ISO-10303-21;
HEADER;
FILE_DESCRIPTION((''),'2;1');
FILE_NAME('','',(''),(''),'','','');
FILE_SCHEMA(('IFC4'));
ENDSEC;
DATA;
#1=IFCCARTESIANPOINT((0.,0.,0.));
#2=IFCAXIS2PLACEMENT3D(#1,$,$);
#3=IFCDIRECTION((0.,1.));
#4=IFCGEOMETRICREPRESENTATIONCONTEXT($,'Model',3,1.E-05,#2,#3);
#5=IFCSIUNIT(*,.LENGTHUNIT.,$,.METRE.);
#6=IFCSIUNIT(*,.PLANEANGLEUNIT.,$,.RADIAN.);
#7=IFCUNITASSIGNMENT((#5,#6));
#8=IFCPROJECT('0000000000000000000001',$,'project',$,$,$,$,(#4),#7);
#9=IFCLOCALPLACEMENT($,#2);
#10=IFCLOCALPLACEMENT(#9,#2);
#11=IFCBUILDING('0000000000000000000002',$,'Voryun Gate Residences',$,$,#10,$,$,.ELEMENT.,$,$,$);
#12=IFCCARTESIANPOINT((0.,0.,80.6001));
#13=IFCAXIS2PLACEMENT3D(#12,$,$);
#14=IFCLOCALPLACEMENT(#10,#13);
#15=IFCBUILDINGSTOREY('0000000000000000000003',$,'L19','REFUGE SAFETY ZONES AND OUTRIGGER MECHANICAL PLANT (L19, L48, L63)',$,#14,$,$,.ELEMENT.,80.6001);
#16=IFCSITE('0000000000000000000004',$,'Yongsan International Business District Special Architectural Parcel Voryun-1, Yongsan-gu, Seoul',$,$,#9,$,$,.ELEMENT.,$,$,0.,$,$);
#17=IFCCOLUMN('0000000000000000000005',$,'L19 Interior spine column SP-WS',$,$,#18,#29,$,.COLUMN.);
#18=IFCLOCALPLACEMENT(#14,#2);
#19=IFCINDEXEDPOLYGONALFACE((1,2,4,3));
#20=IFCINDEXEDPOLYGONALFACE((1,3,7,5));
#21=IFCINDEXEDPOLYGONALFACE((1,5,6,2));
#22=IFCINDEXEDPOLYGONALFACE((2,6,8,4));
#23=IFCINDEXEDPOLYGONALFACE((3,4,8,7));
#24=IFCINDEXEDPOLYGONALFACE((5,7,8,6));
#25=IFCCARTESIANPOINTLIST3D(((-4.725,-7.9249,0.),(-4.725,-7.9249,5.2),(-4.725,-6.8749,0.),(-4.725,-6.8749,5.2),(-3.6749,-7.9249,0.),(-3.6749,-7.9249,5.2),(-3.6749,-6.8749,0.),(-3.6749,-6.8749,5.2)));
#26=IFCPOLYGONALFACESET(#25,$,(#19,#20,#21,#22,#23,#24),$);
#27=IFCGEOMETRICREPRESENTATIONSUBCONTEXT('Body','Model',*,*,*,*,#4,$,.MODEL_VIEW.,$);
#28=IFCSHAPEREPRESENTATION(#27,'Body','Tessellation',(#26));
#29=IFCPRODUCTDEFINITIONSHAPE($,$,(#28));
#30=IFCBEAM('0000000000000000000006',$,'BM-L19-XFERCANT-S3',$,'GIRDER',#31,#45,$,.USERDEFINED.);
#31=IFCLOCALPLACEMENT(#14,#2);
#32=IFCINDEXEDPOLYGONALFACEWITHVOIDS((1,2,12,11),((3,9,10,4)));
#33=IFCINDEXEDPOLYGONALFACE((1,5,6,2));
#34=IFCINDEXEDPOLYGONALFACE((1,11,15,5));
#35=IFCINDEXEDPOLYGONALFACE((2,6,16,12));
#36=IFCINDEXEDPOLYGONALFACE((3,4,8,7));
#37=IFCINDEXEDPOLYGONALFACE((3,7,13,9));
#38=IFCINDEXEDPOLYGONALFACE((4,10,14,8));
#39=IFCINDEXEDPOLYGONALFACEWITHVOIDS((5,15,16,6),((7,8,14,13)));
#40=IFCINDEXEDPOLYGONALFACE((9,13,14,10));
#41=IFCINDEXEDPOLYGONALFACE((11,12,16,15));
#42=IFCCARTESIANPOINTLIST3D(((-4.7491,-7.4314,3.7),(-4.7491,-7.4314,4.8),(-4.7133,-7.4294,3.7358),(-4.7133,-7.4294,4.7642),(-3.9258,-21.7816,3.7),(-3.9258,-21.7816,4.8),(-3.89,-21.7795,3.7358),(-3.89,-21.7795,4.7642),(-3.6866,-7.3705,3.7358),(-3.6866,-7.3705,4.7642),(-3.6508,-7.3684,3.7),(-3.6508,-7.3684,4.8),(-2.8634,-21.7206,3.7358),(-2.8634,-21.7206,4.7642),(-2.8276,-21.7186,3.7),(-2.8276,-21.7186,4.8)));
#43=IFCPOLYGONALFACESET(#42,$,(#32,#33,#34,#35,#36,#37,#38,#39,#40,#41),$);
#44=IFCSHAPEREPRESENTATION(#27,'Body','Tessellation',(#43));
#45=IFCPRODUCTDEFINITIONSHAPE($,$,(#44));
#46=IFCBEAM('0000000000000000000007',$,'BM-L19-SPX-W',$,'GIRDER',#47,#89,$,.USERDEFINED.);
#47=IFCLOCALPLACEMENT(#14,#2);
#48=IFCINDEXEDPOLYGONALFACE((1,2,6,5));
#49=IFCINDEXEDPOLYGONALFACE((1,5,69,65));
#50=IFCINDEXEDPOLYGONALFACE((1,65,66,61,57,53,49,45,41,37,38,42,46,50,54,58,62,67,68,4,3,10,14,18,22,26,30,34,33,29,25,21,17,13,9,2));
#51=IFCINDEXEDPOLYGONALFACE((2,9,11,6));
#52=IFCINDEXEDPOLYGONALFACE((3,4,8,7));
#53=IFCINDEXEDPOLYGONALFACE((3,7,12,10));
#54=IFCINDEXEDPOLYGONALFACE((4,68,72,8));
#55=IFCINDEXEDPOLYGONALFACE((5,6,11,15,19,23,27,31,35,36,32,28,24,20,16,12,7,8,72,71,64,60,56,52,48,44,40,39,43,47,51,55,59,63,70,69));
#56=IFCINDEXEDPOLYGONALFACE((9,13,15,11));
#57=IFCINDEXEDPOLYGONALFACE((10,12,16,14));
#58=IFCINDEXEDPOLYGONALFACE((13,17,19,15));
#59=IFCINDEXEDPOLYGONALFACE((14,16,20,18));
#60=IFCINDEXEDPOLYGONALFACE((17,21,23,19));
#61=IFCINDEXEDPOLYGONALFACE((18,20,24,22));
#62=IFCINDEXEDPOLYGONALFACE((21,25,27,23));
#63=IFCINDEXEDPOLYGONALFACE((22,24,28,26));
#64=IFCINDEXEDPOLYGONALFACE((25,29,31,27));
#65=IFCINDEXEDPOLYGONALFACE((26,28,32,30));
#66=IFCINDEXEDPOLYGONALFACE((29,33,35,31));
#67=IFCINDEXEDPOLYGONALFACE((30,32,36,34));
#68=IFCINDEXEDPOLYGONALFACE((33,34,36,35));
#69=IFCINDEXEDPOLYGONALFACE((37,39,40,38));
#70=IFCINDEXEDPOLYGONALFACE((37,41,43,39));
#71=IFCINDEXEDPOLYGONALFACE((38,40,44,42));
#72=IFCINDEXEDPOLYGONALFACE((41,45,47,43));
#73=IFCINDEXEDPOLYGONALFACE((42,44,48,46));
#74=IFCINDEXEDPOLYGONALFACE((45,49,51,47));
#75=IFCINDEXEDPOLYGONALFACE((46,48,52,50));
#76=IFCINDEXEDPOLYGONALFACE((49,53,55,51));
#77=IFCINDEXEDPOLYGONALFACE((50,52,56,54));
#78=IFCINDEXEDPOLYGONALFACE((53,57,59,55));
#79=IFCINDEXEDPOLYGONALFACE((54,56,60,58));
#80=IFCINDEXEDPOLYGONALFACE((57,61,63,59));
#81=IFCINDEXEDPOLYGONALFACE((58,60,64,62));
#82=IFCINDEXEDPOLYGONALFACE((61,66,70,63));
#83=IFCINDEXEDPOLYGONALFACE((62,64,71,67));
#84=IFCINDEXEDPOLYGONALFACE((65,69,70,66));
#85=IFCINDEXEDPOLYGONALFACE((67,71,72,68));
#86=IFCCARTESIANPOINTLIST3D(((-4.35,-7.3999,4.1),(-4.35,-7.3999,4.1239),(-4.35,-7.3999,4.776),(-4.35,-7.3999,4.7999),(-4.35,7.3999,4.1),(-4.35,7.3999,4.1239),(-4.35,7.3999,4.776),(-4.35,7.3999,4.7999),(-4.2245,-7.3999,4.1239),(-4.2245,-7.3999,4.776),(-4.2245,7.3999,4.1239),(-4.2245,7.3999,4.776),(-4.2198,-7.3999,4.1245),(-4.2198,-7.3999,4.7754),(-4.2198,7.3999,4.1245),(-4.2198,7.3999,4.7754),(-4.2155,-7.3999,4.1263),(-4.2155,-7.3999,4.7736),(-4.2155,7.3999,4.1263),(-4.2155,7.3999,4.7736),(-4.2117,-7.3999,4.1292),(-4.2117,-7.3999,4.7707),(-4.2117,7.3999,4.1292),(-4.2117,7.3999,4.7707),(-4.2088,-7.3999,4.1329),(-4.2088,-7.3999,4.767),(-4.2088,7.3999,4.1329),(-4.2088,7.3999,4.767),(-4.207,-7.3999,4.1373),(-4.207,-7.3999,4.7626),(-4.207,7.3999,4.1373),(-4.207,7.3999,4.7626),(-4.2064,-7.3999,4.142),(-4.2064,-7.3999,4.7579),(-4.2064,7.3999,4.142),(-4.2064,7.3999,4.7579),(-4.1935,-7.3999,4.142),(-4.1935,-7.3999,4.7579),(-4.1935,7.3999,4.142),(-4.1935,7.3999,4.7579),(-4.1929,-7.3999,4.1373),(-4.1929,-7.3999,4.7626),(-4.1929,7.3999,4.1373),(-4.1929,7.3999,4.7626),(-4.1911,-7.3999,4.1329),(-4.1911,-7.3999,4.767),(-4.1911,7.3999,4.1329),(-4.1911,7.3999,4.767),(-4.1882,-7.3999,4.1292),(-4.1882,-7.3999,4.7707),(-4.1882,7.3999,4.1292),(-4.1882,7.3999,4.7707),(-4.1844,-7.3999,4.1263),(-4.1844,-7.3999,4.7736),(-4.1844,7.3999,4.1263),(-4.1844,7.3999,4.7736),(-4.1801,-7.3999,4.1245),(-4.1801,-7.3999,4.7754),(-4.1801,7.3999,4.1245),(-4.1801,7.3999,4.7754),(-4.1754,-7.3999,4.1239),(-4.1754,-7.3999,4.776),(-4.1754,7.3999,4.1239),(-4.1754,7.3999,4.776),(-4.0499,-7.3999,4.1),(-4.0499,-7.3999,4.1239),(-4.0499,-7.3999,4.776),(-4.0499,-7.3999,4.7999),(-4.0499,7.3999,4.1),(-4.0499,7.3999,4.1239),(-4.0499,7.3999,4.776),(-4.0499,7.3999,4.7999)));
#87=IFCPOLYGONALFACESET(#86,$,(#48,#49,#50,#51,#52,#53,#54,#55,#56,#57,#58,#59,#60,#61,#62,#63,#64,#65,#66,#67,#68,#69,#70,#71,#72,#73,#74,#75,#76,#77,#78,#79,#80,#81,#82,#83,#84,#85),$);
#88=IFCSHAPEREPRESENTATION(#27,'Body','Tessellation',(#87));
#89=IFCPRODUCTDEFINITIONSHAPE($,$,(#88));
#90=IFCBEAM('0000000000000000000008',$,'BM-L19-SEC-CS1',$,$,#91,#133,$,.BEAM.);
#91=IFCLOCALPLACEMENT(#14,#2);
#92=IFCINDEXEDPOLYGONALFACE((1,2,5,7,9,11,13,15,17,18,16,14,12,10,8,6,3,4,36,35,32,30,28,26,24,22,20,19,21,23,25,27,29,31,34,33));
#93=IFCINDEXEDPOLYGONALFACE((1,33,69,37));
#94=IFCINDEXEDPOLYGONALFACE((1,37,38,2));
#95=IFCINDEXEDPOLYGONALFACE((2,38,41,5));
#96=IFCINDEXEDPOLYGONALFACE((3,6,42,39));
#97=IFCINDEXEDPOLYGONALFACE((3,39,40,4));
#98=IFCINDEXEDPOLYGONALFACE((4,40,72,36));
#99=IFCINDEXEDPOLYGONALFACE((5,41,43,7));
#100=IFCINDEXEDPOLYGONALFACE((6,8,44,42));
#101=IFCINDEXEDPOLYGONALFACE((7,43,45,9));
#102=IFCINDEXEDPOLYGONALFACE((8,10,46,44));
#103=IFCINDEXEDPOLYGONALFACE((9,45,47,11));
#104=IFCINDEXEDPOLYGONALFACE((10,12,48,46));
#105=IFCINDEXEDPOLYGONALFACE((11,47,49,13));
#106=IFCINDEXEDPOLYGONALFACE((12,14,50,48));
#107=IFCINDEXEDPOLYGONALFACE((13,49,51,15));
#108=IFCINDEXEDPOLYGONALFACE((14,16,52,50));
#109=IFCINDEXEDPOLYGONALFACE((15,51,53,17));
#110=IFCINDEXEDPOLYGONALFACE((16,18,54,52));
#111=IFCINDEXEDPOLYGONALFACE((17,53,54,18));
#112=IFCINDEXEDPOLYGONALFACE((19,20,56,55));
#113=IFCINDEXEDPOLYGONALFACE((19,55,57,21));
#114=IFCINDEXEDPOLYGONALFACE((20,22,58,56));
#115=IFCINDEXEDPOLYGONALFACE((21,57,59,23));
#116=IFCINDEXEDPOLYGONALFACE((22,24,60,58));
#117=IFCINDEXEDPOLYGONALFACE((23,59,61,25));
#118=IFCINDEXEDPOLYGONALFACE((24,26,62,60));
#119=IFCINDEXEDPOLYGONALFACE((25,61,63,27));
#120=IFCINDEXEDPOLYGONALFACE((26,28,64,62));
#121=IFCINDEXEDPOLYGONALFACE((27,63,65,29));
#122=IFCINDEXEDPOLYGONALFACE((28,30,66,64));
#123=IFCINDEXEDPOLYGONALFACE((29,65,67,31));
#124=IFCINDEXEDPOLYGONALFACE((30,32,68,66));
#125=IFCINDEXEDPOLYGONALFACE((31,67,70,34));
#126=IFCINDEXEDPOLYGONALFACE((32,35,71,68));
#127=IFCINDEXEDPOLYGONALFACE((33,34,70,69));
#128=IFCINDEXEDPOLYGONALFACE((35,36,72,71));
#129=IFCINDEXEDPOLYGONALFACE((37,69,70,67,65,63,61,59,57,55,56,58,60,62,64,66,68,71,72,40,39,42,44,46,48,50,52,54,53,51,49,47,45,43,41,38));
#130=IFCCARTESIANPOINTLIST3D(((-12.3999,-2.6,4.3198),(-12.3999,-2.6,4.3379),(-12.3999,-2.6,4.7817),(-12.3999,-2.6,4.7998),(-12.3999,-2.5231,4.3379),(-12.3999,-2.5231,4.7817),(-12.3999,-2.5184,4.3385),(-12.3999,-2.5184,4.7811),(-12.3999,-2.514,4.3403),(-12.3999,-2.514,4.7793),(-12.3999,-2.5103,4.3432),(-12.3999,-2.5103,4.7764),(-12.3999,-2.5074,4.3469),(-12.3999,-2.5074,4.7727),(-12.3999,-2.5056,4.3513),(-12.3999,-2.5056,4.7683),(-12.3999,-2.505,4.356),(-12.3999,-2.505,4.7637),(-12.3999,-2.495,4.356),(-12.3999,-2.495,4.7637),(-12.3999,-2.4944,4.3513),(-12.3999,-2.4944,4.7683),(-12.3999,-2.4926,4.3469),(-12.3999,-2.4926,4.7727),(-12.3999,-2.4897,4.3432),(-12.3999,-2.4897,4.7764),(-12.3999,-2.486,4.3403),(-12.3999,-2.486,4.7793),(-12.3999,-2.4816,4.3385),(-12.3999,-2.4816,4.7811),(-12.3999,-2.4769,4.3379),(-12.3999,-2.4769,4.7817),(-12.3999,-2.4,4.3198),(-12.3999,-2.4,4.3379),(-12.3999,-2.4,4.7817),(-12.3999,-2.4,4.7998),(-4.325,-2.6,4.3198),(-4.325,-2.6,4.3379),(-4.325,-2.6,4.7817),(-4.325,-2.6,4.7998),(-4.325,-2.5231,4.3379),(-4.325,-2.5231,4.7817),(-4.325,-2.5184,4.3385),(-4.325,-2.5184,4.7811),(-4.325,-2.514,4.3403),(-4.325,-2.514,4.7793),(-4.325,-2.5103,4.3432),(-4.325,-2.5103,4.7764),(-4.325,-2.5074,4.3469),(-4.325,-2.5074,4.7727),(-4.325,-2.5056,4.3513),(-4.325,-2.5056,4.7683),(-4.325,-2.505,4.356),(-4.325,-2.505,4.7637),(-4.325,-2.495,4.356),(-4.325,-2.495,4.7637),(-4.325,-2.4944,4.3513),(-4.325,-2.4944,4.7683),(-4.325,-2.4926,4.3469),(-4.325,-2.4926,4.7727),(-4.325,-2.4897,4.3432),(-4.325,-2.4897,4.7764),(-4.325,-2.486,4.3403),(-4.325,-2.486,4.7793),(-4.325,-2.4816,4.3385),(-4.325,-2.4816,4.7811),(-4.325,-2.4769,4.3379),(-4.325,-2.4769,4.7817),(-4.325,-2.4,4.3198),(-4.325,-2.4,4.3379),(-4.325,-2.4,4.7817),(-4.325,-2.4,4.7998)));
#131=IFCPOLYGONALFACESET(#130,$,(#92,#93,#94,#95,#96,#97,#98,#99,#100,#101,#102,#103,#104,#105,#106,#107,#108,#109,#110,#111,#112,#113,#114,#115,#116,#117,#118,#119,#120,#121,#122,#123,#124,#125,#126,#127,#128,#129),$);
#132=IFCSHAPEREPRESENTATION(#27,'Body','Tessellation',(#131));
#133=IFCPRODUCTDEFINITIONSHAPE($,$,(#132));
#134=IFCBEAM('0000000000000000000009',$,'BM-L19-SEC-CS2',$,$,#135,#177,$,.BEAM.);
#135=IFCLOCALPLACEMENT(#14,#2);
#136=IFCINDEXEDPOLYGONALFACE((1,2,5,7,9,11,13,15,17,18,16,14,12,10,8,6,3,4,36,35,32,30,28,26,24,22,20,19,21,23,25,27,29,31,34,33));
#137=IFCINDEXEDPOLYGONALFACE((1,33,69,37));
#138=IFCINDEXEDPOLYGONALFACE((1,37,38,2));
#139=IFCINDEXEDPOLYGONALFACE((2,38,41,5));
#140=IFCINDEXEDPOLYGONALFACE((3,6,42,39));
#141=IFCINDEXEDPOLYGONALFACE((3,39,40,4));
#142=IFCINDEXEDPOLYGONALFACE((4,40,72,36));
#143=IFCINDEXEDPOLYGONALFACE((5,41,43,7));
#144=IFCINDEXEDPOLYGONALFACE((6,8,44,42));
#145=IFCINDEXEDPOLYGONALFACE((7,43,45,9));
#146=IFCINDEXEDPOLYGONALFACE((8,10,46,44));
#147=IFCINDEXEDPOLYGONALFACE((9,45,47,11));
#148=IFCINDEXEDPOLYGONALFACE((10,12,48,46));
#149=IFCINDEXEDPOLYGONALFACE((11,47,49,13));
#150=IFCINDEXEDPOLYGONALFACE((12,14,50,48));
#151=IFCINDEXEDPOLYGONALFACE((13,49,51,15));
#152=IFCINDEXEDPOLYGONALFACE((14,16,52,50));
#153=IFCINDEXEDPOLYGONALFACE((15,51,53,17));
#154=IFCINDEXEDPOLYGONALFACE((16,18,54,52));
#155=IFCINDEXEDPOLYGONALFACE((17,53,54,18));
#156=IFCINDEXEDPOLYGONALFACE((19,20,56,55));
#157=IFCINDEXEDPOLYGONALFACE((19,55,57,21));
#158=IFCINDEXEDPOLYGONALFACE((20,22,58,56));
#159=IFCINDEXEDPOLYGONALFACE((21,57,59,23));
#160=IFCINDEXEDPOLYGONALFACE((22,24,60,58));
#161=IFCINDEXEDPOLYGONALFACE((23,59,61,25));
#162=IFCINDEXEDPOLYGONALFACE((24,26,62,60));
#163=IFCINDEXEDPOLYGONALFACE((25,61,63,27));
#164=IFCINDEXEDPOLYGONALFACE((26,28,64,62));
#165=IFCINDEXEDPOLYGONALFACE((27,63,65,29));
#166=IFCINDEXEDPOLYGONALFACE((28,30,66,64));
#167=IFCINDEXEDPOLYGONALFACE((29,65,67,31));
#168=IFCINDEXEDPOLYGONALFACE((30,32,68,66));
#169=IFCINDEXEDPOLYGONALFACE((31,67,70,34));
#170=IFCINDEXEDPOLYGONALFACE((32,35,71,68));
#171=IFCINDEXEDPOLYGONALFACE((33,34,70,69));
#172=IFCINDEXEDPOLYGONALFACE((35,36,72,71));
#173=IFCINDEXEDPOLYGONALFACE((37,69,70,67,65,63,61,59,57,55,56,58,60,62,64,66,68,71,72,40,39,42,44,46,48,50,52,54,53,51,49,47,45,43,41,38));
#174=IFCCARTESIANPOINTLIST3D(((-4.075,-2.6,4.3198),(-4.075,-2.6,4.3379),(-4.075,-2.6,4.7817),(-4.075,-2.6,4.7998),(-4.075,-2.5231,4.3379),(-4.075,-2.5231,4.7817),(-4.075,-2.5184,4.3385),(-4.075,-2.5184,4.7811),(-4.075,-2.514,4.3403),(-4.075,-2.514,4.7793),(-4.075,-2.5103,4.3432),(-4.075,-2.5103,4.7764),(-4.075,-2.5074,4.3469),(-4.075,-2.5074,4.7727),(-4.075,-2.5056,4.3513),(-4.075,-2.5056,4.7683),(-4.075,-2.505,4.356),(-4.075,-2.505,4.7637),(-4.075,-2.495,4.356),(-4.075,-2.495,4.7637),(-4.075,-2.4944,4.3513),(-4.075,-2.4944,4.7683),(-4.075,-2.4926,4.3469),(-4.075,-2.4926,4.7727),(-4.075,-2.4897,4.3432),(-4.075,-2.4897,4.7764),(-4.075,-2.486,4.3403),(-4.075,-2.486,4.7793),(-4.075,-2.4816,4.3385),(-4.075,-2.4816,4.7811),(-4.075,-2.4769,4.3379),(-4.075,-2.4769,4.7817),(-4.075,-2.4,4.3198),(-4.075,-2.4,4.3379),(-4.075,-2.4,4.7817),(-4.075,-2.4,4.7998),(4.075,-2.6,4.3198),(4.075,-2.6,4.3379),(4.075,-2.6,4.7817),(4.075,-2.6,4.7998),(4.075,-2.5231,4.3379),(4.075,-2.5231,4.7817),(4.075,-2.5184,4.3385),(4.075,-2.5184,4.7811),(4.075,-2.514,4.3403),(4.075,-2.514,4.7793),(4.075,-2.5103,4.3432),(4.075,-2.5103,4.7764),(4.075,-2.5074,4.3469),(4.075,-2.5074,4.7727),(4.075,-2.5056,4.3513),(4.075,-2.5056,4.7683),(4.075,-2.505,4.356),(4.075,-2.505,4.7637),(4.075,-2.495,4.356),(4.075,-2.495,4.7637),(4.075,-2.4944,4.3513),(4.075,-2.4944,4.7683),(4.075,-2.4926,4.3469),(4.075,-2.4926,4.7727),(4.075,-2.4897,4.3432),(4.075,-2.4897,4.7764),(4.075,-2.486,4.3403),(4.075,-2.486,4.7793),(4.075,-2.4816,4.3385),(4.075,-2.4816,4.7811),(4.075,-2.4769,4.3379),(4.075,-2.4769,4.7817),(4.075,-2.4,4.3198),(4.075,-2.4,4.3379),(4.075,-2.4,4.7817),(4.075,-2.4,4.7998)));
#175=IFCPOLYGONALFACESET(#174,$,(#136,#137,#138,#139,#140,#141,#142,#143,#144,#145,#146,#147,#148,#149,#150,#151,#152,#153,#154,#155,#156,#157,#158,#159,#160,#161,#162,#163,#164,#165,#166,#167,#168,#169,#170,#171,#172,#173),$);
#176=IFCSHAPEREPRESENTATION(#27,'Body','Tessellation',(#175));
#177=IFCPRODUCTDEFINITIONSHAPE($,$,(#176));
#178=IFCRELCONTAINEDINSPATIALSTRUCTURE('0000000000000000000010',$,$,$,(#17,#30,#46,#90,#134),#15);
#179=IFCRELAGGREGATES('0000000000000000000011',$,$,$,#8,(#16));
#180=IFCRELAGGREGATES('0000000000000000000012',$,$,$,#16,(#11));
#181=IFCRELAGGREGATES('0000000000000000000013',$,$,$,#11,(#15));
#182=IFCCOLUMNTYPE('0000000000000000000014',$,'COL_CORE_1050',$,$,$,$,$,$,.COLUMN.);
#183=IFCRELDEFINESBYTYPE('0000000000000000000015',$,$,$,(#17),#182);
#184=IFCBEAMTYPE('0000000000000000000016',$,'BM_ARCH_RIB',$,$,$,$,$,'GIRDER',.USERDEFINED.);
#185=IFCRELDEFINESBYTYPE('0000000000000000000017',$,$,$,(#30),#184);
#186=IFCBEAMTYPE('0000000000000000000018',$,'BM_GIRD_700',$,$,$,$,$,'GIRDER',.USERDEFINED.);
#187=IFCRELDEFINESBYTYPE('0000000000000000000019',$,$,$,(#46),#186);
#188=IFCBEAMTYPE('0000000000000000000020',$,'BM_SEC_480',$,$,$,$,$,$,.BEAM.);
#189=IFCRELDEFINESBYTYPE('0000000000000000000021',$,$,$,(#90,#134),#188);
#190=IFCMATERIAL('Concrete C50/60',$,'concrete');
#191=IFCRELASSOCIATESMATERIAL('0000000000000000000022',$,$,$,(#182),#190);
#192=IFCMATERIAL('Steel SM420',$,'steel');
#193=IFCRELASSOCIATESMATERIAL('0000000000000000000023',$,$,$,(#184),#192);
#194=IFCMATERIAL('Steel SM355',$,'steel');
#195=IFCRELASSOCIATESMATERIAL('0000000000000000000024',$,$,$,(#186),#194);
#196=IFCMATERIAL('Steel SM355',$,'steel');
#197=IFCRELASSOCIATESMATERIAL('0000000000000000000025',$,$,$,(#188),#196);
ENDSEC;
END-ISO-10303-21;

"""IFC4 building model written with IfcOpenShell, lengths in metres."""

from ifc_helpers import new_model, si_unit, direction, frame, origin, origin_2d, place, context, subcontext, project, spatial, rectangle, hollow_rectangle, i_section, extrude, material, material_profile, profile_set, type_object, element, save


model = new_model("IFC4")

# Units and contexts
model_context = context("Model", 3, precision=1e-05, world=origin(), true_north=direction((0.0, 1.0)))
body_context = subcontext(model_context, "Body", "Model", "MODEL_VIEW")
ifc_project = project(units=[si_unit("LENGTHUNIT", "METRE"), si_unit("PLANEANGLEUNIT", "RADIAN")], contexts=[model_context])

# Site, building, storey
site_placement = place(None, origin())
site = spatial("IfcSite", under=ifc_project, at=site_placement, Name="Yongsan International Business District Special Architectural Parcel Voryun-1, Yongsan-gu, Seoul", CompositionType="ELEMENT", RefElevation=0.0)
building_placement = place(site_placement, origin())
building = spatial("IfcBuilding", under=site, at=building_placement, Name="Voryun Gate Residences", CompositionType="ELEMENT")
storey_placement = place(building_placement, frame((0.0, 0.0, 80.6001)))
storey = spatial("IfcBuildingStorey", under=building, at=storey_placement, Name="L19", Description="REFUGE SAFETY ZONES AND OUTRIGGER MECHANICAL PLANT (L19, L48, L63)", CompositionType="ELEMENT", Elevation=80.6001)

# Column
ifc_material_1 = material(Name="Concrete C50/60", Category="concrete")
ifc_material_profile_1 = material_profile(ifc_material_1, rectangle(XDim=1.05, YDim=1.05, at=origin_2d()), Name="RC-1050x1050")
ifc_profile_set_1 = profile_set([ifc_material_profile_1], Name="Concrete C50/60")
column_type = type_object("IfcColumnType", Name="COL_CORE_1050", PredefinedType="COLUMN", material=ifc_profile_set_1)
column_placement = place(storey_placement, frame((-4.2, -7.3999, 0.0), z_axis=(0.0, 0.0, 1.0), x_axis=(1.0, 0.0, 0.0)))
element("IfcColumn", 1, at=column_placement, inside=storey, type_object=column_type, Name="L19 Interior spine column SP-WS", PredefinedType="COLUMN", context=body_context, shape_type="SweptSolid", body=[
    extrude(rectangle(XDim=1.05, YDim=1.05, at=origin_2d()), origin(), (0.0, 0.0, 1.0), 5.2),
])

# Beams
ifc_material_2 = material(Name="Steel SM420", Category="steel")
ifc_material_profile_2 = material_profile(ifc_material_2, hollow_rectangle(XDim=1.1001, YDim=1.1001, WallThickness=0.0359, at=origin_2d()), Name="BOX-1100x1100x36")
ifc_profile_set_2 = profile_set([ifc_material_profile_2], Name="Steel SM420")
beam_type_1 = type_object("IfcBeamType", Name="BM_ARCH_RIB", ElementType="GIRDER", PredefinedType="USERDEFINED", material=ifc_profile_set_2)
beam_1_placement = place(storey_placement, frame((-4.2, -7.3999, 4.25), z_axis=(0.057274, -0.998358, 0.0), x_axis=(0.998358, 0.057274, 0.0)))
element("IfcBeam", 2, at=beam_1_placement, inside=storey, type_object=beam_type_1, Name="BM-L19-XFERCANT-S3", ObjectType="GIRDER", PredefinedType="USERDEFINED", context=body_context, shape_type="SweptSolid", body=[
    extrude(hollow_rectangle(XDim=1.1001, YDim=1.1001, WallThickness=0.0359, at=origin_2d()), origin(), (0.0, 0.0, 1.0), 14.3738),
])
ifc_material_3 = material(Name="Steel SM355", Category="steel")
ifc_material_profile_3 = material_profile(ifc_material_3, i_section(OverallWidth=0.3, OverallDepth=0.7, WebThickness=0.0129, FlangeThickness=0.0239, FilletRadius=0.0181, at=origin_2d()), Name="H-700x300x13x24")
ifc_profile_set_3 = profile_set([ifc_material_profile_3], Name="Steel SM355")
beam_type_2 = type_object("IfcBeamType", Name="BM_GIRD_700", ElementType="GIRDER", PredefinedType="USERDEFINED", material=ifc_profile_set_3)
beam_2_placement = place(storey_placement, frame((-4.2, -7.3999, 4.45), z_axis=(0.0, 1.0, 0.0), x_axis=(-1.0, 0.0, 0.0)))
element("IfcBeam", 3, at=beam_2_placement, inside=storey, type_object=beam_type_2, Name="BM-L19-SPX-W", ObjectType="GIRDER", PredefinedType="USERDEFINED", context=body_context, shape_type="SweptSolid", body=[
    extrude(i_section(OverallWidth=0.3, OverallDepth=0.7, WebThickness=0.0129, FlangeThickness=0.0239, FilletRadius=0.0181, at=origin_2d()), origin(), (0.0, 0.0, 1.0), 14.7998),
])
ifc_material_4 = material(Name="Steel SM355", Category="steel")
ifc_material_profile_4 = material_profile(ifc_material_4, i_section(OverallWidth=0.2, OverallDepth=0.48, WebThickness=0.01, FlangeThickness=0.0181, FilletRadius=0.0181, at=origin_2d()), Name="H-480x200x10x18")
ifc_profile_set_4 = profile_set([ifc_material_profile_4], Name="Steel SM355")
beam_type_3 = type_object("IfcBeamType", Name="BM_SEC_480", PredefinedType="BEAM", material=ifc_profile_set_4)
beam_3_placement = place(storey_placement, frame((-12.3999, -2.5, 4.5598), z_axis=(1.0, 0.0, 0.0), x_axis=(0.0, 1.0, 0.0)))
element("IfcBeam", 4, at=beam_3_placement, inside=storey, type_object=beam_type_3, Name="BM-L19-SEC-CS1", PredefinedType="BEAM", context=body_context, shape_type="SweptSolid", body=[
    extrude(i_section(OverallWidth=0.2, OverallDepth=0.48, WebThickness=0.01, FlangeThickness=0.0181, FilletRadius=0.0181, at=origin_2d()), origin(), (0.0, 0.0, 1.0), 8.075),
])
beam_4_placement = place(storey_placement, frame((-4.075, -2.5, 4.5598), z_axis=(1.0, 0.0, 0.0), x_axis=(0.0, 1.0, 0.0)))
element("IfcBeam", 5, at=beam_4_placement, inside=storey, type_object=beam_type_3, Name="BM-L19-SEC-CS2", PredefinedType="BEAM", context=body_context, shape_type="SweptSolid", body=[
    extrude(i_section(OverallWidth=0.2, OverallDepth=0.48, WebThickness=0.01, FlangeThickness=0.0181, FilletRadius=0.0181, at=origin_2d()), origin(), (0.0, 0.0, 1.0), 8.1499),
])

save(model, "model.ifc")
